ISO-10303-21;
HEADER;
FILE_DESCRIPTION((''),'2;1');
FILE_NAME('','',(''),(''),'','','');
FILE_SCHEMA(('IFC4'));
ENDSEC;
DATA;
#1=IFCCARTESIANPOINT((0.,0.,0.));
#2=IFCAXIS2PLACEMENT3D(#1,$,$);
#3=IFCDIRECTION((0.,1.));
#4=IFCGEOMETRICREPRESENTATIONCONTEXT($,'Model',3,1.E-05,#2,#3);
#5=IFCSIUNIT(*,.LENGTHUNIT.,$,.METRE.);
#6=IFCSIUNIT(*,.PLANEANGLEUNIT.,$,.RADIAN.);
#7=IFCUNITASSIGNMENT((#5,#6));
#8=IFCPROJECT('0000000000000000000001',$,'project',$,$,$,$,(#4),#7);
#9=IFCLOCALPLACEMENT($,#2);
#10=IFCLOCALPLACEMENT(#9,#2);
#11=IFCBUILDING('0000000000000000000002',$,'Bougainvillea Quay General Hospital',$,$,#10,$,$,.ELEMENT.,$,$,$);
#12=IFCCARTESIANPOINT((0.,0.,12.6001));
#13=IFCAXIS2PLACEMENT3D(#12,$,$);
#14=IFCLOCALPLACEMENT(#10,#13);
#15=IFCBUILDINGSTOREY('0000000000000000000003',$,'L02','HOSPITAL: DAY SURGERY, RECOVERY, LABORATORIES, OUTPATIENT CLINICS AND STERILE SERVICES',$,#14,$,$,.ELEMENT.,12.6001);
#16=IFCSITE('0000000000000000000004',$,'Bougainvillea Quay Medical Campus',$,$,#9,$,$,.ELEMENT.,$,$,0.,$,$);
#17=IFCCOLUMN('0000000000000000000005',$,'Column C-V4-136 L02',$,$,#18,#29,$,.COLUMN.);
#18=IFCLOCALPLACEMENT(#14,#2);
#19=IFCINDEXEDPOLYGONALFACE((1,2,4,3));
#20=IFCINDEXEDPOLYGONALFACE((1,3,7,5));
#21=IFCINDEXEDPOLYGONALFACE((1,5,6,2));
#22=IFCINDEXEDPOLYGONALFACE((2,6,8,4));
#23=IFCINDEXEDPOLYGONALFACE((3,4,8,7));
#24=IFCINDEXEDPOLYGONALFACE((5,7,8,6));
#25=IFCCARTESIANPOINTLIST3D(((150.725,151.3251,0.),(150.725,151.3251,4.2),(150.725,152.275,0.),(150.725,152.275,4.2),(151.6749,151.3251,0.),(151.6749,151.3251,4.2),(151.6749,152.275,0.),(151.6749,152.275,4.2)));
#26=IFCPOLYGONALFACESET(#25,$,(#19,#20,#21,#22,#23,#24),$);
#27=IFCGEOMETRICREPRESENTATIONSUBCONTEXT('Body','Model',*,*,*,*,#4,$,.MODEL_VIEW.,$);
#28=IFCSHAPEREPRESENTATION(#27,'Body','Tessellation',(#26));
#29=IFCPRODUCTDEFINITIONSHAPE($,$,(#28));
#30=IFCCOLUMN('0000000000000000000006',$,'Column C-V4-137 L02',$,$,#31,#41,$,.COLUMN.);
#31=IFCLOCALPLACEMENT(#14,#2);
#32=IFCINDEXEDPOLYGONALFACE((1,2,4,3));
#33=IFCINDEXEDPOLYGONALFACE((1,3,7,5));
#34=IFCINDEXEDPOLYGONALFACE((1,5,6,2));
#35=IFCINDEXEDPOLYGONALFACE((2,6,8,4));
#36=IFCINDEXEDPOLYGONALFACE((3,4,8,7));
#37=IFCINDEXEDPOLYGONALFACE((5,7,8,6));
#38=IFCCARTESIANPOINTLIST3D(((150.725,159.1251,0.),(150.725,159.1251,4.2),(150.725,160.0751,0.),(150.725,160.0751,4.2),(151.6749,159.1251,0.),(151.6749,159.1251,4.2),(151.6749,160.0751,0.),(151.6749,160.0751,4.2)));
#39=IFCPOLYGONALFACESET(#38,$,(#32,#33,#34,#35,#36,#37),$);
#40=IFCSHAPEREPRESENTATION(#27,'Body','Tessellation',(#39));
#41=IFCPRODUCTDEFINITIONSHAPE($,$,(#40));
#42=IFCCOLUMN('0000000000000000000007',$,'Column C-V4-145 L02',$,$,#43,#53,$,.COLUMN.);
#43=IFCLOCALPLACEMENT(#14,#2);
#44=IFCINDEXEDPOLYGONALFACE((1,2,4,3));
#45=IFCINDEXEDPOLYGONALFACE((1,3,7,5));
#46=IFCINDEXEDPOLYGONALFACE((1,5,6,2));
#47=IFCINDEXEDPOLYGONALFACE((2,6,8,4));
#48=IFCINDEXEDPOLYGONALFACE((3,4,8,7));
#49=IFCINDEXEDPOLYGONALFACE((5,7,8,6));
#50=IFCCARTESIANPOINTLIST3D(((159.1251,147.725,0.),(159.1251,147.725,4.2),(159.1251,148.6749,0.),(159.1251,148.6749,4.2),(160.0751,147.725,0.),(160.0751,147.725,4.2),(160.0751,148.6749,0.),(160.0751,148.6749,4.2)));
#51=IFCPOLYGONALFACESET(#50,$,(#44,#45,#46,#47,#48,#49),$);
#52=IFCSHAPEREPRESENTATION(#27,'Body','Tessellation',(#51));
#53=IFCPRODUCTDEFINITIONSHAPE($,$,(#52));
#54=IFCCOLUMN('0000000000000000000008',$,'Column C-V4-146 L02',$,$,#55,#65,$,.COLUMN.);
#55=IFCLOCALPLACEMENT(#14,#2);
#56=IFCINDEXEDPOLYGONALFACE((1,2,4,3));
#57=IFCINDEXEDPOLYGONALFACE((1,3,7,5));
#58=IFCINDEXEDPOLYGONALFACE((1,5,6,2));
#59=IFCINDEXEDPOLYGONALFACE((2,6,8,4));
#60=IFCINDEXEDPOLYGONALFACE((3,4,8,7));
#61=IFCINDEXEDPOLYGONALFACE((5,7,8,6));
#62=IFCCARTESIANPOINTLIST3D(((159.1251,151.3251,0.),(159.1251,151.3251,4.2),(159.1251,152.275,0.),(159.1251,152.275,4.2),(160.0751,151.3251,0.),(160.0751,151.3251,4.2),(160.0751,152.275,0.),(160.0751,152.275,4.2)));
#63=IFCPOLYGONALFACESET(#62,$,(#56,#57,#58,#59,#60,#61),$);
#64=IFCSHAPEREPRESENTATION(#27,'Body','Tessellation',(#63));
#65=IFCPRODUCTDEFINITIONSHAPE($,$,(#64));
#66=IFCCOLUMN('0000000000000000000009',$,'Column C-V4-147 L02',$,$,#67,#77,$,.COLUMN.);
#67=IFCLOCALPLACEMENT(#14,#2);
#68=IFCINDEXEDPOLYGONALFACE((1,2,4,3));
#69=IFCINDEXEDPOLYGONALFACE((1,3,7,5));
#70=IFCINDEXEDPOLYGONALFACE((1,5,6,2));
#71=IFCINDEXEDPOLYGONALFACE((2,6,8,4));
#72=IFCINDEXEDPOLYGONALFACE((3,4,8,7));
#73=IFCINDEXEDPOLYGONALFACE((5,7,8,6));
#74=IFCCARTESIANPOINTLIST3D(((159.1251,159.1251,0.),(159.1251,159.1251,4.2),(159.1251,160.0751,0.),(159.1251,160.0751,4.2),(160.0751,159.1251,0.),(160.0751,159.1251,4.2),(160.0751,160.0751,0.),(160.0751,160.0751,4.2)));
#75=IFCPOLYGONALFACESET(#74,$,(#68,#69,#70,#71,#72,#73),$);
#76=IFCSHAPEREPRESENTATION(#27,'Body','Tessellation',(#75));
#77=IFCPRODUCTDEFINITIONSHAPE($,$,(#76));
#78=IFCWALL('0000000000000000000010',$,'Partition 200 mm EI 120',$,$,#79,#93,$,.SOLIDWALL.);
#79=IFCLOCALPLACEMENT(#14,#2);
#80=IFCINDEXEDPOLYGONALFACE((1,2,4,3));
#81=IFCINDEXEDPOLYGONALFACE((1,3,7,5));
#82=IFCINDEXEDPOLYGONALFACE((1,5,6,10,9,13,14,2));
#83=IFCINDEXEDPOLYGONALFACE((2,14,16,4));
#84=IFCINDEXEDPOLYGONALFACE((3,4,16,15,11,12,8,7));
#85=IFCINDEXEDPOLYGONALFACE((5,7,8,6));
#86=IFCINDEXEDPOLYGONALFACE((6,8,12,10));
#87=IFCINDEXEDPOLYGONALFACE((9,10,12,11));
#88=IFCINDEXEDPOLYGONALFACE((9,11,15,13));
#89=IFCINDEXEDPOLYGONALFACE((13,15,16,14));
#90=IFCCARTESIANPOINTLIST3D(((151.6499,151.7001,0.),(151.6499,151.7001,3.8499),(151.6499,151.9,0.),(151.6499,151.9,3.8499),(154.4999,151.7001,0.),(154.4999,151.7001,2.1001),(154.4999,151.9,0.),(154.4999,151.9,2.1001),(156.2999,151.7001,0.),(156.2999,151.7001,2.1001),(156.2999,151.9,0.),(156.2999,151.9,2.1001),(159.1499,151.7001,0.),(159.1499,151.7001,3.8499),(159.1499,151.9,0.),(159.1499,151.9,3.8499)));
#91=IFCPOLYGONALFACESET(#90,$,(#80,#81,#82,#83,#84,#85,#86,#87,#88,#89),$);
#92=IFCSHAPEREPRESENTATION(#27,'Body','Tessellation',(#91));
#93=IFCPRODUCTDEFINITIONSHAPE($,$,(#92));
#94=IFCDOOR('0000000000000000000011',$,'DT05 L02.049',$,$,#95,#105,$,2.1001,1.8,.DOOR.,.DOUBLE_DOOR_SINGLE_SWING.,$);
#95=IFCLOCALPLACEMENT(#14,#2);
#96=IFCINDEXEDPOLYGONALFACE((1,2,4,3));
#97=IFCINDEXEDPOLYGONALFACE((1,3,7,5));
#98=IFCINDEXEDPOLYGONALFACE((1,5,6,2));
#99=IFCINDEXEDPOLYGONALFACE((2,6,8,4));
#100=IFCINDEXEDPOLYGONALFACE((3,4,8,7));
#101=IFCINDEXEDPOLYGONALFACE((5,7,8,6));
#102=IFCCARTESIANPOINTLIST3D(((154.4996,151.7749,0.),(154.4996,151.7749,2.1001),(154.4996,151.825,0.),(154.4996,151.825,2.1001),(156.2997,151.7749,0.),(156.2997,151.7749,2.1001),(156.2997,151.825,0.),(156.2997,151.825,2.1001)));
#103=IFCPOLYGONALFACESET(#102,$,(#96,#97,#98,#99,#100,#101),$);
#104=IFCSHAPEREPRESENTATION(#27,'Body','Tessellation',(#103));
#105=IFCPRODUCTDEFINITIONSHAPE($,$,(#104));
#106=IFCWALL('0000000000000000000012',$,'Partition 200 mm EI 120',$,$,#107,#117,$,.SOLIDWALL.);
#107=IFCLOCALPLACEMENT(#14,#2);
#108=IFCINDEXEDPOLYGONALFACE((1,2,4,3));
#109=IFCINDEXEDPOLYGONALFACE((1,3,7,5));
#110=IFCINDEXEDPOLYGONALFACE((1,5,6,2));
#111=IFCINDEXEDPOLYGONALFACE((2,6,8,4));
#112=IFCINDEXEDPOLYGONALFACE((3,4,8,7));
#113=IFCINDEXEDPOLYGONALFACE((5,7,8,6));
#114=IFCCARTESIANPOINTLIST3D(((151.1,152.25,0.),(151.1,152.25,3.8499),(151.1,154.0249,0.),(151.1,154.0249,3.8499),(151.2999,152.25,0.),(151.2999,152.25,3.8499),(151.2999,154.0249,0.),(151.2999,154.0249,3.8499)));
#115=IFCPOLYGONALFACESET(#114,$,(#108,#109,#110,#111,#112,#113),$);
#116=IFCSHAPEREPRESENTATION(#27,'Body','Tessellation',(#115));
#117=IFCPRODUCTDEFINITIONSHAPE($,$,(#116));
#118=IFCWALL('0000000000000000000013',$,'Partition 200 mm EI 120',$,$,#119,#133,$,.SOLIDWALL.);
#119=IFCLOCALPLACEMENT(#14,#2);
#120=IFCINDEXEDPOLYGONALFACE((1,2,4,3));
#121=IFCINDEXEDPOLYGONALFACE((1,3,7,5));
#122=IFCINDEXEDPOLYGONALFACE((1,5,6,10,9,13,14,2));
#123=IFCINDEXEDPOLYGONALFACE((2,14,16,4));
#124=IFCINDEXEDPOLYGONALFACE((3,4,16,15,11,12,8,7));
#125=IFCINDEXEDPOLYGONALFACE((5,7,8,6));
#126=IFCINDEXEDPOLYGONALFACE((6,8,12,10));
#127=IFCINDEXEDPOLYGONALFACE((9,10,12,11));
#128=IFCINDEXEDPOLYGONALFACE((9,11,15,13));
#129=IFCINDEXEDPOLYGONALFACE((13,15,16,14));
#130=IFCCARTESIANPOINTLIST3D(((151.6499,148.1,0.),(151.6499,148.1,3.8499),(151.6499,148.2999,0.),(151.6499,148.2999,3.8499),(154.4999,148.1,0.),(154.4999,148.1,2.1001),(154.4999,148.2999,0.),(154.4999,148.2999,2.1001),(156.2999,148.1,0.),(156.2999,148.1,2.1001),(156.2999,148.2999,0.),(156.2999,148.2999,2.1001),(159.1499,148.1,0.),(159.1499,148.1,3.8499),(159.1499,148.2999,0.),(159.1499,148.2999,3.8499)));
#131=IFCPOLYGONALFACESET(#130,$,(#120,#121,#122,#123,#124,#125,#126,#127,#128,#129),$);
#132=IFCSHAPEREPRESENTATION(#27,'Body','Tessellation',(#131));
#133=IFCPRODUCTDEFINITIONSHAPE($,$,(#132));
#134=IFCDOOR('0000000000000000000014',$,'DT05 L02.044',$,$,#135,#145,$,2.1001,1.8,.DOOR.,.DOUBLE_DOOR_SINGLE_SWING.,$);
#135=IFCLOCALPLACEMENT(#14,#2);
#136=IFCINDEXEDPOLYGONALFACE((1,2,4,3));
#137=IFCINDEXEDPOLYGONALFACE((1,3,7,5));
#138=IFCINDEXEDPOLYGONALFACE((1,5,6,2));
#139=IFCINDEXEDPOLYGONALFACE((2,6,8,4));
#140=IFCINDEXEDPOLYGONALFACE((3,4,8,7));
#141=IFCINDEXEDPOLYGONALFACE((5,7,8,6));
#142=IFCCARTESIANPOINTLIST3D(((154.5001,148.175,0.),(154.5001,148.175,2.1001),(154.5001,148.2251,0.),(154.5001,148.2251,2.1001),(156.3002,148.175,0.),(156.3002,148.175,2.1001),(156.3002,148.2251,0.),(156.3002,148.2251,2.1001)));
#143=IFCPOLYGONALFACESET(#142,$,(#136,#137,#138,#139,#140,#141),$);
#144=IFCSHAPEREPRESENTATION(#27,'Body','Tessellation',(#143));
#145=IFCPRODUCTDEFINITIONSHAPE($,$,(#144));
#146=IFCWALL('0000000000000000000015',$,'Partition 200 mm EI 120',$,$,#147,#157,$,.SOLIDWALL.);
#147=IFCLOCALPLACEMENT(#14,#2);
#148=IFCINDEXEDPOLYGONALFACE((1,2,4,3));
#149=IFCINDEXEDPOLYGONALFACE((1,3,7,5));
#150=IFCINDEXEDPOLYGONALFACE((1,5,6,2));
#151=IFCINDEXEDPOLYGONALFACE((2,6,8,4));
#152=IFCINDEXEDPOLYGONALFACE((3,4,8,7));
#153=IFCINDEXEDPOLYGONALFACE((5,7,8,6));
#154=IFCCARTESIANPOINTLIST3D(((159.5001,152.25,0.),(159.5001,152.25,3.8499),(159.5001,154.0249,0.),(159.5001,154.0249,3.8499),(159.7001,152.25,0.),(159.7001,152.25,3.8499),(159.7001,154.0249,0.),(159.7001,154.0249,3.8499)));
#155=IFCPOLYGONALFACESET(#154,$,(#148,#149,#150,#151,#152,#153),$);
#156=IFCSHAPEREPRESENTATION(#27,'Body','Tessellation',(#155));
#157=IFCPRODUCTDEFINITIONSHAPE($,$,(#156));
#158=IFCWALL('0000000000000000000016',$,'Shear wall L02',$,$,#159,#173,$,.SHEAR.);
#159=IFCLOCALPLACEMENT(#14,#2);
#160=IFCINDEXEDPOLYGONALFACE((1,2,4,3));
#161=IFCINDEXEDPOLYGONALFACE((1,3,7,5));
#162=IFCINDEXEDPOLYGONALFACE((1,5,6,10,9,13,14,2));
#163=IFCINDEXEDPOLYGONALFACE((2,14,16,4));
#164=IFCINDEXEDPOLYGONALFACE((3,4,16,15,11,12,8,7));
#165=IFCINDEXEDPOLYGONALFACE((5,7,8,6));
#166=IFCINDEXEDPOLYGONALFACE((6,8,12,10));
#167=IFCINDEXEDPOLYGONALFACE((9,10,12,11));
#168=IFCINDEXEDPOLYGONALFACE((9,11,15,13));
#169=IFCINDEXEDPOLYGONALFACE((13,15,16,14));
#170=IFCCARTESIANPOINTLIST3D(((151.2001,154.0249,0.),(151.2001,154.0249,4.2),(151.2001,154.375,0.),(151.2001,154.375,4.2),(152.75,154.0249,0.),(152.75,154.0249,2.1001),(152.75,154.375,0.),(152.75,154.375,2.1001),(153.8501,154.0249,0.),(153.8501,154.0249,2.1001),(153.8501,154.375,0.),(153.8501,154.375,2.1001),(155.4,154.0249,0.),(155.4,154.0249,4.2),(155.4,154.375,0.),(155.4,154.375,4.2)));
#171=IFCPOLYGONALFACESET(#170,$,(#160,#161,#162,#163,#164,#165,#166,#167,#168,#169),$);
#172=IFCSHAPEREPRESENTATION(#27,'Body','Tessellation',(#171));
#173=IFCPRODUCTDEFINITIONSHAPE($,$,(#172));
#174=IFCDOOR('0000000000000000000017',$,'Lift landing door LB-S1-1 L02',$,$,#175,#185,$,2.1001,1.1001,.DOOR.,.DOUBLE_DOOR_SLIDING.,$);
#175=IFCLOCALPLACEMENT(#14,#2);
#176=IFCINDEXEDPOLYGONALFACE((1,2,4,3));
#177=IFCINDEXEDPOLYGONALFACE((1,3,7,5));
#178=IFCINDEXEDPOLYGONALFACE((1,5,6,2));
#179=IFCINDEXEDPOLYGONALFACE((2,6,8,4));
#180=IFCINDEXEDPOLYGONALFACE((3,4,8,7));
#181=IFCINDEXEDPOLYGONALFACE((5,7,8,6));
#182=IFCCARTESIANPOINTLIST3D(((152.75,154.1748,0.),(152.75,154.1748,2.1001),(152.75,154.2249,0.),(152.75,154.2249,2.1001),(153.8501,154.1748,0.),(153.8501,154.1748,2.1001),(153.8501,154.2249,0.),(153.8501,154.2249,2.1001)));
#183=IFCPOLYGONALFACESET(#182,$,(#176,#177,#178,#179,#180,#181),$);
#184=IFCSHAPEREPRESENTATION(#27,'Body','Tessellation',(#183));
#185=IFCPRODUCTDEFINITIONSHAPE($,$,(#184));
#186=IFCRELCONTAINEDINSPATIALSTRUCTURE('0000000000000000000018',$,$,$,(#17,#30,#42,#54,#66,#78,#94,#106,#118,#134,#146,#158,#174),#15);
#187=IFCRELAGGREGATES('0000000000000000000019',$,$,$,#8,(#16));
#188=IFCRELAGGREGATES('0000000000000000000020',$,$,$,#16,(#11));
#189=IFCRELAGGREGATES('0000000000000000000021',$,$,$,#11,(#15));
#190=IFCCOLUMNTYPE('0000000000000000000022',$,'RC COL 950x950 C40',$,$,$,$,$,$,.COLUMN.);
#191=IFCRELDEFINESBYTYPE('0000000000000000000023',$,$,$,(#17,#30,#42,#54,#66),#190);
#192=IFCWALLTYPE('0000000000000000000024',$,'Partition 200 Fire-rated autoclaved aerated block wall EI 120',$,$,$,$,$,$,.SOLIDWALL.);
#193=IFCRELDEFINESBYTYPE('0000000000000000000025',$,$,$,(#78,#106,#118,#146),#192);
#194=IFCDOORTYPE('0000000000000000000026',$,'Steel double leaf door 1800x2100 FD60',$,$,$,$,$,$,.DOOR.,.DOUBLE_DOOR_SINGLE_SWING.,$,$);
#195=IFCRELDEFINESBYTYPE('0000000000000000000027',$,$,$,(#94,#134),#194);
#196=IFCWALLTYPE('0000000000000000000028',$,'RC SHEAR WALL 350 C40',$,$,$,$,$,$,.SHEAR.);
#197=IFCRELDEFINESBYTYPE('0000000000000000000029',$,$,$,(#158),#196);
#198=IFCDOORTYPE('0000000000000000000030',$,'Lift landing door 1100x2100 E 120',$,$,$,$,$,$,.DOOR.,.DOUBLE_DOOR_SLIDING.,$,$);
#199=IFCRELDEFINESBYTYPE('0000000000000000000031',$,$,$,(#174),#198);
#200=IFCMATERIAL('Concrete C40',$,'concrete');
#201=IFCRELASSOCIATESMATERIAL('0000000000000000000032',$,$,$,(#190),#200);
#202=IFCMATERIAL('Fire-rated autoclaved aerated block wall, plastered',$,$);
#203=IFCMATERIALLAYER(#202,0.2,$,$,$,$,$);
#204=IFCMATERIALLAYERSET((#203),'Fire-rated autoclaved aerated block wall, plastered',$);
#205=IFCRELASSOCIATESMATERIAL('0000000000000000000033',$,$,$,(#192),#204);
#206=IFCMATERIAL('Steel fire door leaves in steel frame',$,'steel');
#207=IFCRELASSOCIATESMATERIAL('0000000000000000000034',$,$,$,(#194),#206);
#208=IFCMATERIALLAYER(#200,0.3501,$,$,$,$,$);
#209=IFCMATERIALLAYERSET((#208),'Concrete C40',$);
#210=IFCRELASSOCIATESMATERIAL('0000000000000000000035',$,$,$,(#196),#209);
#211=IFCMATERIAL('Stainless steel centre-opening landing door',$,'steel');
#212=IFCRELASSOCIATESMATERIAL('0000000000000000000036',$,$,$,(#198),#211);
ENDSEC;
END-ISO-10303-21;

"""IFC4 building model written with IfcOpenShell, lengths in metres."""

from ifc_helpers import new_model, si_unit, direction, frame, frame_2d, origin, origin_2d, place, context, subcontext, project, spatial, rectangle, extrude, material, layer, layer_set, material_profile, profile_set, type_object, element, fill, save


model = new_model("IFC4")

# Units and contexts
model_context = context("Model", 3, precision=1e-05, world=origin(), true_north=direction((0.0, 1.0)))
body_context = subcontext(model_context, "Body", "Model", "MODEL_VIEW")
ifc_project = project(units=[si_unit("LENGTHUNIT", "METRE"), si_unit("PLANEANGLEUNIT", "RADIAN")], contexts=[model_context])

# Site, building, storey
site_placement = place(None, origin())
site = spatial("IfcSite", under=ifc_project, at=site_placement, Name="Bougainvillea Quay Medical Campus", CompositionType="ELEMENT", RefElevation=0.0)
building_placement = place(site_placement, origin())
building = spatial("IfcBuilding", under=site, at=building_placement, Name="Bougainvillea Quay General Hospital", CompositionType="ELEMENT")
storey_placement = place(building_placement, frame((0.0, 0.0, 12.6001)))
storey = spatial("IfcBuildingStorey", under=building, at=storey_placement, Name="L02", Description="HOSPITAL: DAY SURGERY, RECOVERY, LABORATORIES, OUTPATIENT CLINICS AND STERILE SERVICES", CompositionType="ELEMENT", Elevation=12.6001)

# Columns
ifc_material_1 = material(Name="Concrete C40", Category="concrete")
ifc_material_profile = material_profile(ifc_material_1, rectangle(XDim=0.95, YDim=0.95, at=origin_2d()))
ifc_profile_set = profile_set([ifc_material_profile], Name="Concrete C40")
column_type = type_object("IfcColumnType", Name="RC COL 950x950 C40", PredefinedType="COLUMN", material=ifc_profile_set)
for number, where, z_axis, x_axis, name in (
    (1, (151.2, 151.8, 0.0), (0.0, 0.0, 1.0), (1.0, 0.0, 0.0), "Column C-V4-136 L02"),
    (2, (151.2, 159.6001, 0.0), (0.0, 0.0, 1.0), (1.0, 0.0, 0.0), "Column C-V4-137 L02"),
    (3, (159.6001, 148.2, 0.0), (0.0, 0.0, 1.0), (1.0, 0.0, 0.0), "Column C-V4-145 L02"),
    (4, (159.6001, 151.8, 0.0), (0.0, 0.0, 1.0), (1.0, 0.0, 0.0), "Column C-V4-146 L02"),
    (5, (159.6001, 159.6001, 0.0), (0.0, 0.0, 1.0), (1.0, 0.0, 0.0), "Column C-V4-147 L02"),
):
    element("IfcColumn", number, at=place(storey_placement, frame(where, z_axis=z_axis, x_axis=x_axis)), inside=storey, type_object=column_type, Name=name, PredefinedType="COLUMN", context=body_context, shape_type="SweptSolid", body=[
        extrude(rectangle(XDim=0.95, YDim=0.95, at=origin_2d()), origin(), (0.0, 0.0, 1.0), 4.2),
    ])

# Wall, opening, door
ifc_material_2 = material(Name="Fire-rated autoclaved aerated block wall, plastered")
ifc_layer_1 = layer(ifc_material_2, 0.2)
ifc_layer_set_1 = layer_set([ifc_layer_1], Name="Fire-rated autoclaved aerated block wall, plastered")
wall_type_1 = type_object("IfcWallType", Name="Partition 200 Fire-rated autoclaved aerated block wall EI 120", PredefinedType="SOLIDWALL", material=ifc_layer_set_1)
wall_1_placement = place(storey_placement, frame((159.1499, 151.8, 0.0), z_axis=(0.0, 0.0, 1.0), x_axis=(-1.0, 0.0, 0.0)))
wall_1 = element("IfcWall", 6, at=wall_1_placement, inside=storey, type_object=wall_type_1, Name="Partition 200 mm EI 120", PredefinedType="SOLIDWALL", context=body_context, shape_type="SweptSolid", body=[
    extrude(rectangle(XDim=7.5, YDim=0.2, at=frame_2d((3.75, 0.0))), origin(), (0.0, 0.0, 1.0), 3.8499),
])
opening_1_placement = place(wall_1_placement, frame((2.8501, 0.0, 0.0)))
opening_1 = element("IfcOpeningElement", 7, at=opening_1_placement, cuts=wall_1, PredefinedType="OPENING", context=body_context, shape_type="SweptSolid", body=[
    extrude(rectangle(XDim=1.8, YDim=2.1001, at=frame_2d((0.8999, 1.05))), frame((0.0, 0.1099, 0.0), z_axis=(0.0, -1.0, 0.0), x_axis=(1.0, 0.0, 0.0)), (0.0, 0.0, 1.0), 0.22),
])
ifc_material_3 = material(Name="Steel fire door leaves in steel frame", Category="steel")
door_type_1 = type_object("IfcDoorType", Name="Steel double leaf door 1800x2100 FD60", OperationType="DOUBLE_DOOR_SINGLE_SWING", PredefinedType="DOOR", material=ifc_material_3)
door_1_placement = place(opening_1_placement, frame((1.8, 0.0, 0.0), z_axis=(0.0, 0.0, 1.0), x_axis=(-1.0, 0.0, 0.0)))
door_1 = element("IfcDoor", 8, at=door_1_placement, inside=storey, type_object=door_type_1, Name="DT05 L02.049", OperationType="DOUBLE_DOOR_SINGLE_SWING", OverallHeight=2.1001, OverallWidth=1.8, PredefinedType="DOOR", context=body_context, shape_type="SweptSolid", body=[
    extrude(rectangle(XDim=1.8, YDim=2.1001, at=frame_2d((0.8999, 1.05))), frame((0.0, 0.0249, 0.0), z_axis=(0.0, -1.0, 0.0), x_axis=(1.0, 0.0, 0.0)), (0.0, 0.0, 1.0), 0.05),
])
fill(opening_1, door_1)

# Wall
wall_2_placement = place(storey_placement, frame((151.2, 154.0249, 0.0), z_axis=(0.0, 0.0, 1.0), x_axis=(0.0, -1.0, 0.0)))
element("IfcWall", 9, at=wall_2_placement, inside=storey, type_object=wall_type_1, Name="Partition 200 mm EI 120", PredefinedType="SOLIDWALL", context=body_context, shape_type="SweptSolid", body=[
    extrude(rectangle(XDim=1.7749, YDim=0.2, at=frame_2d((0.8875, 0.0))), origin(), (0.0, 0.0, 1.0), 3.8499),
])

# Wall, opening, door
wall_3_placement = place(storey_placement, frame((151.6499, 148.2, 0.0), z_axis=(0.0, 0.0, 1.0), x_axis=(1.0, 0.0, 0.0)))
wall_3 = element("IfcWall", 10, at=wall_3_placement, inside=storey, type_object=wall_type_1, Name="Partition 200 mm EI 120", PredefinedType="SOLIDWALL", context=body_context, shape_type="SweptSolid", body=[
    extrude(rectangle(XDim=7.5, YDim=0.2, at=frame_2d((3.75, 0.0))), origin(), (0.0, 0.0, 1.0), 3.8499),
])
opening_2_placement = place(wall_3_placement, frame((2.8501, 0.0, 0.0)))
opening_2 = element("IfcOpeningElement", 11, at=opening_2_placement, cuts=wall_3, PredefinedType="OPENING", context=body_context, shape_type="SweptSolid", body=[
    extrude(rectangle(XDim=1.8, YDim=2.1001, at=frame_2d((0.8999, 1.05))), frame((0.0, 0.1099, 0.0), z_axis=(0.0, -1.0, 0.0), x_axis=(1.0, 0.0, 0.0)), (0.0, 0.0, 1.0), 0.22),
])
door_2_placement = place(opening_2_placement, frame((1.8, 0.0, 0.0), z_axis=(0.0, 0.0, 1.0), x_axis=(-1.0, 0.0, 0.0)))
door_2 = element("IfcDoor", 12, at=door_2_placement, inside=storey, type_object=door_type_1, Name="DT05 L02.044", OperationType="DOUBLE_DOOR_SINGLE_SWING", OverallHeight=2.1001, OverallWidth=1.8, PredefinedType="DOOR", context=body_context, shape_type="SweptSolid", body=[
    extrude(rectangle(XDim=1.8, YDim=2.1001, at=frame_2d((0.8999, 1.05))), frame((0.0, 0.0249, 0.0), z_axis=(0.0, -1.0, 0.0), x_axis=(1.0, 0.0, 0.0)), (0.0, 0.0, 1.0), 0.05),
])
fill(opening_2, door_2)

# Wall
wall_4_placement = place(storey_placement, frame((159.6001, 152.25, 0.0), z_axis=(0.0, 0.0, 1.0), x_axis=(0.0, 1.0, 0.0)))
element("IfcWall", 13, at=wall_4_placement, inside=storey, type_object=wall_type_1, Name="Partition 200 mm EI 120", PredefinedType="SOLIDWALL", context=body_context, shape_type="SweptSolid", body=[
    extrude(rectangle(XDim=1.7749, YDim=0.2, at=frame_2d((0.8875, 0.0))), origin(), (0.0, 0.0, 1.0), 3.8499),
])

# Wall, opening, door
ifc_layer_2 = layer(ifc_material_1, 0.3501)
ifc_layer_set_2 = layer_set([ifc_layer_2], Name="Concrete C40")
wall_type_2 = type_object("IfcWallType", Name="RC SHEAR WALL 350 C40", PredefinedType="SHEAR", material=ifc_layer_set_2)
wall_5_placement = place(storey_placement, frame((151.2, 154.2, 0.0), z_axis=(0.0, 0.0, 1.0), x_axis=(1.0, 0.0, 0.0)))
wall_5 = element("IfcWall", 14, at=wall_5_placement, inside=storey, type_object=wall_type_2, Name="Shear wall L02", PredefinedType="SHEAR", context=body_context, shape_type="SweptSolid", body=[
    extrude(rectangle(XDim=4.2, YDim=0.3501, at=frame_2d((2.1001, 0.0))), origin(), (0.0, 0.0, 1.0), 4.2),
])
opening_3_placement = place(wall_5_placement, frame((1.55, 0.0, 0.0)))
opening_3 = element("IfcOpeningElement", 15, at=opening_3_placement, cuts=wall_5, PredefinedType="OPENING", context=body_context, shape_type="SweptSolid", body=[
    extrude(rectangle(XDim=1.1001, YDim=2.1001, at=frame_2d((0.55, 1.05))), frame((0.0, 0.1851, 0.0), z_axis=(0.0, -1.0, 0.0), x_axis=(1.0, 0.0, 0.0)), (0.0, 0.0, 1.0), 0.3701),
])
ifc_material_4 = material(Name="Stainless steel centre-opening landing door", Category="steel")
door_type_2 = type_object("IfcDoorType", Name="Lift landing door 1100x2100 E 120", OperationType="DOUBLE_DOOR_SLIDING", PredefinedType="DOOR", material=ifc_material_4)
door_3_placement = place(opening_3_placement, origin())
door_3 = element("IfcDoor", 16, at=door_3_placement, inside=storey, type_object=door_type_2, Name="Lift landing door LB-S1-1 L02", OperationType="DOUBLE_DOOR_SLIDING", OverallHeight=2.1001, OverallWidth=1.1001, PredefinedType="DOOR", context=body_context, shape_type="SweptSolid", body=[
    extrude(rectangle(XDim=1.1001, YDim=2.1001, at=frame_2d((0.55, 1.05))), frame((0.0, 0.0249, 0.0), z_axis=(0.0, -1.0, 0.0), x_axis=(1.0, 0.0, 0.0)), (0.0, 0.0, 1.0), 0.05),
])
fill(opening_3, door_3)

save(model, "model.ifc")
